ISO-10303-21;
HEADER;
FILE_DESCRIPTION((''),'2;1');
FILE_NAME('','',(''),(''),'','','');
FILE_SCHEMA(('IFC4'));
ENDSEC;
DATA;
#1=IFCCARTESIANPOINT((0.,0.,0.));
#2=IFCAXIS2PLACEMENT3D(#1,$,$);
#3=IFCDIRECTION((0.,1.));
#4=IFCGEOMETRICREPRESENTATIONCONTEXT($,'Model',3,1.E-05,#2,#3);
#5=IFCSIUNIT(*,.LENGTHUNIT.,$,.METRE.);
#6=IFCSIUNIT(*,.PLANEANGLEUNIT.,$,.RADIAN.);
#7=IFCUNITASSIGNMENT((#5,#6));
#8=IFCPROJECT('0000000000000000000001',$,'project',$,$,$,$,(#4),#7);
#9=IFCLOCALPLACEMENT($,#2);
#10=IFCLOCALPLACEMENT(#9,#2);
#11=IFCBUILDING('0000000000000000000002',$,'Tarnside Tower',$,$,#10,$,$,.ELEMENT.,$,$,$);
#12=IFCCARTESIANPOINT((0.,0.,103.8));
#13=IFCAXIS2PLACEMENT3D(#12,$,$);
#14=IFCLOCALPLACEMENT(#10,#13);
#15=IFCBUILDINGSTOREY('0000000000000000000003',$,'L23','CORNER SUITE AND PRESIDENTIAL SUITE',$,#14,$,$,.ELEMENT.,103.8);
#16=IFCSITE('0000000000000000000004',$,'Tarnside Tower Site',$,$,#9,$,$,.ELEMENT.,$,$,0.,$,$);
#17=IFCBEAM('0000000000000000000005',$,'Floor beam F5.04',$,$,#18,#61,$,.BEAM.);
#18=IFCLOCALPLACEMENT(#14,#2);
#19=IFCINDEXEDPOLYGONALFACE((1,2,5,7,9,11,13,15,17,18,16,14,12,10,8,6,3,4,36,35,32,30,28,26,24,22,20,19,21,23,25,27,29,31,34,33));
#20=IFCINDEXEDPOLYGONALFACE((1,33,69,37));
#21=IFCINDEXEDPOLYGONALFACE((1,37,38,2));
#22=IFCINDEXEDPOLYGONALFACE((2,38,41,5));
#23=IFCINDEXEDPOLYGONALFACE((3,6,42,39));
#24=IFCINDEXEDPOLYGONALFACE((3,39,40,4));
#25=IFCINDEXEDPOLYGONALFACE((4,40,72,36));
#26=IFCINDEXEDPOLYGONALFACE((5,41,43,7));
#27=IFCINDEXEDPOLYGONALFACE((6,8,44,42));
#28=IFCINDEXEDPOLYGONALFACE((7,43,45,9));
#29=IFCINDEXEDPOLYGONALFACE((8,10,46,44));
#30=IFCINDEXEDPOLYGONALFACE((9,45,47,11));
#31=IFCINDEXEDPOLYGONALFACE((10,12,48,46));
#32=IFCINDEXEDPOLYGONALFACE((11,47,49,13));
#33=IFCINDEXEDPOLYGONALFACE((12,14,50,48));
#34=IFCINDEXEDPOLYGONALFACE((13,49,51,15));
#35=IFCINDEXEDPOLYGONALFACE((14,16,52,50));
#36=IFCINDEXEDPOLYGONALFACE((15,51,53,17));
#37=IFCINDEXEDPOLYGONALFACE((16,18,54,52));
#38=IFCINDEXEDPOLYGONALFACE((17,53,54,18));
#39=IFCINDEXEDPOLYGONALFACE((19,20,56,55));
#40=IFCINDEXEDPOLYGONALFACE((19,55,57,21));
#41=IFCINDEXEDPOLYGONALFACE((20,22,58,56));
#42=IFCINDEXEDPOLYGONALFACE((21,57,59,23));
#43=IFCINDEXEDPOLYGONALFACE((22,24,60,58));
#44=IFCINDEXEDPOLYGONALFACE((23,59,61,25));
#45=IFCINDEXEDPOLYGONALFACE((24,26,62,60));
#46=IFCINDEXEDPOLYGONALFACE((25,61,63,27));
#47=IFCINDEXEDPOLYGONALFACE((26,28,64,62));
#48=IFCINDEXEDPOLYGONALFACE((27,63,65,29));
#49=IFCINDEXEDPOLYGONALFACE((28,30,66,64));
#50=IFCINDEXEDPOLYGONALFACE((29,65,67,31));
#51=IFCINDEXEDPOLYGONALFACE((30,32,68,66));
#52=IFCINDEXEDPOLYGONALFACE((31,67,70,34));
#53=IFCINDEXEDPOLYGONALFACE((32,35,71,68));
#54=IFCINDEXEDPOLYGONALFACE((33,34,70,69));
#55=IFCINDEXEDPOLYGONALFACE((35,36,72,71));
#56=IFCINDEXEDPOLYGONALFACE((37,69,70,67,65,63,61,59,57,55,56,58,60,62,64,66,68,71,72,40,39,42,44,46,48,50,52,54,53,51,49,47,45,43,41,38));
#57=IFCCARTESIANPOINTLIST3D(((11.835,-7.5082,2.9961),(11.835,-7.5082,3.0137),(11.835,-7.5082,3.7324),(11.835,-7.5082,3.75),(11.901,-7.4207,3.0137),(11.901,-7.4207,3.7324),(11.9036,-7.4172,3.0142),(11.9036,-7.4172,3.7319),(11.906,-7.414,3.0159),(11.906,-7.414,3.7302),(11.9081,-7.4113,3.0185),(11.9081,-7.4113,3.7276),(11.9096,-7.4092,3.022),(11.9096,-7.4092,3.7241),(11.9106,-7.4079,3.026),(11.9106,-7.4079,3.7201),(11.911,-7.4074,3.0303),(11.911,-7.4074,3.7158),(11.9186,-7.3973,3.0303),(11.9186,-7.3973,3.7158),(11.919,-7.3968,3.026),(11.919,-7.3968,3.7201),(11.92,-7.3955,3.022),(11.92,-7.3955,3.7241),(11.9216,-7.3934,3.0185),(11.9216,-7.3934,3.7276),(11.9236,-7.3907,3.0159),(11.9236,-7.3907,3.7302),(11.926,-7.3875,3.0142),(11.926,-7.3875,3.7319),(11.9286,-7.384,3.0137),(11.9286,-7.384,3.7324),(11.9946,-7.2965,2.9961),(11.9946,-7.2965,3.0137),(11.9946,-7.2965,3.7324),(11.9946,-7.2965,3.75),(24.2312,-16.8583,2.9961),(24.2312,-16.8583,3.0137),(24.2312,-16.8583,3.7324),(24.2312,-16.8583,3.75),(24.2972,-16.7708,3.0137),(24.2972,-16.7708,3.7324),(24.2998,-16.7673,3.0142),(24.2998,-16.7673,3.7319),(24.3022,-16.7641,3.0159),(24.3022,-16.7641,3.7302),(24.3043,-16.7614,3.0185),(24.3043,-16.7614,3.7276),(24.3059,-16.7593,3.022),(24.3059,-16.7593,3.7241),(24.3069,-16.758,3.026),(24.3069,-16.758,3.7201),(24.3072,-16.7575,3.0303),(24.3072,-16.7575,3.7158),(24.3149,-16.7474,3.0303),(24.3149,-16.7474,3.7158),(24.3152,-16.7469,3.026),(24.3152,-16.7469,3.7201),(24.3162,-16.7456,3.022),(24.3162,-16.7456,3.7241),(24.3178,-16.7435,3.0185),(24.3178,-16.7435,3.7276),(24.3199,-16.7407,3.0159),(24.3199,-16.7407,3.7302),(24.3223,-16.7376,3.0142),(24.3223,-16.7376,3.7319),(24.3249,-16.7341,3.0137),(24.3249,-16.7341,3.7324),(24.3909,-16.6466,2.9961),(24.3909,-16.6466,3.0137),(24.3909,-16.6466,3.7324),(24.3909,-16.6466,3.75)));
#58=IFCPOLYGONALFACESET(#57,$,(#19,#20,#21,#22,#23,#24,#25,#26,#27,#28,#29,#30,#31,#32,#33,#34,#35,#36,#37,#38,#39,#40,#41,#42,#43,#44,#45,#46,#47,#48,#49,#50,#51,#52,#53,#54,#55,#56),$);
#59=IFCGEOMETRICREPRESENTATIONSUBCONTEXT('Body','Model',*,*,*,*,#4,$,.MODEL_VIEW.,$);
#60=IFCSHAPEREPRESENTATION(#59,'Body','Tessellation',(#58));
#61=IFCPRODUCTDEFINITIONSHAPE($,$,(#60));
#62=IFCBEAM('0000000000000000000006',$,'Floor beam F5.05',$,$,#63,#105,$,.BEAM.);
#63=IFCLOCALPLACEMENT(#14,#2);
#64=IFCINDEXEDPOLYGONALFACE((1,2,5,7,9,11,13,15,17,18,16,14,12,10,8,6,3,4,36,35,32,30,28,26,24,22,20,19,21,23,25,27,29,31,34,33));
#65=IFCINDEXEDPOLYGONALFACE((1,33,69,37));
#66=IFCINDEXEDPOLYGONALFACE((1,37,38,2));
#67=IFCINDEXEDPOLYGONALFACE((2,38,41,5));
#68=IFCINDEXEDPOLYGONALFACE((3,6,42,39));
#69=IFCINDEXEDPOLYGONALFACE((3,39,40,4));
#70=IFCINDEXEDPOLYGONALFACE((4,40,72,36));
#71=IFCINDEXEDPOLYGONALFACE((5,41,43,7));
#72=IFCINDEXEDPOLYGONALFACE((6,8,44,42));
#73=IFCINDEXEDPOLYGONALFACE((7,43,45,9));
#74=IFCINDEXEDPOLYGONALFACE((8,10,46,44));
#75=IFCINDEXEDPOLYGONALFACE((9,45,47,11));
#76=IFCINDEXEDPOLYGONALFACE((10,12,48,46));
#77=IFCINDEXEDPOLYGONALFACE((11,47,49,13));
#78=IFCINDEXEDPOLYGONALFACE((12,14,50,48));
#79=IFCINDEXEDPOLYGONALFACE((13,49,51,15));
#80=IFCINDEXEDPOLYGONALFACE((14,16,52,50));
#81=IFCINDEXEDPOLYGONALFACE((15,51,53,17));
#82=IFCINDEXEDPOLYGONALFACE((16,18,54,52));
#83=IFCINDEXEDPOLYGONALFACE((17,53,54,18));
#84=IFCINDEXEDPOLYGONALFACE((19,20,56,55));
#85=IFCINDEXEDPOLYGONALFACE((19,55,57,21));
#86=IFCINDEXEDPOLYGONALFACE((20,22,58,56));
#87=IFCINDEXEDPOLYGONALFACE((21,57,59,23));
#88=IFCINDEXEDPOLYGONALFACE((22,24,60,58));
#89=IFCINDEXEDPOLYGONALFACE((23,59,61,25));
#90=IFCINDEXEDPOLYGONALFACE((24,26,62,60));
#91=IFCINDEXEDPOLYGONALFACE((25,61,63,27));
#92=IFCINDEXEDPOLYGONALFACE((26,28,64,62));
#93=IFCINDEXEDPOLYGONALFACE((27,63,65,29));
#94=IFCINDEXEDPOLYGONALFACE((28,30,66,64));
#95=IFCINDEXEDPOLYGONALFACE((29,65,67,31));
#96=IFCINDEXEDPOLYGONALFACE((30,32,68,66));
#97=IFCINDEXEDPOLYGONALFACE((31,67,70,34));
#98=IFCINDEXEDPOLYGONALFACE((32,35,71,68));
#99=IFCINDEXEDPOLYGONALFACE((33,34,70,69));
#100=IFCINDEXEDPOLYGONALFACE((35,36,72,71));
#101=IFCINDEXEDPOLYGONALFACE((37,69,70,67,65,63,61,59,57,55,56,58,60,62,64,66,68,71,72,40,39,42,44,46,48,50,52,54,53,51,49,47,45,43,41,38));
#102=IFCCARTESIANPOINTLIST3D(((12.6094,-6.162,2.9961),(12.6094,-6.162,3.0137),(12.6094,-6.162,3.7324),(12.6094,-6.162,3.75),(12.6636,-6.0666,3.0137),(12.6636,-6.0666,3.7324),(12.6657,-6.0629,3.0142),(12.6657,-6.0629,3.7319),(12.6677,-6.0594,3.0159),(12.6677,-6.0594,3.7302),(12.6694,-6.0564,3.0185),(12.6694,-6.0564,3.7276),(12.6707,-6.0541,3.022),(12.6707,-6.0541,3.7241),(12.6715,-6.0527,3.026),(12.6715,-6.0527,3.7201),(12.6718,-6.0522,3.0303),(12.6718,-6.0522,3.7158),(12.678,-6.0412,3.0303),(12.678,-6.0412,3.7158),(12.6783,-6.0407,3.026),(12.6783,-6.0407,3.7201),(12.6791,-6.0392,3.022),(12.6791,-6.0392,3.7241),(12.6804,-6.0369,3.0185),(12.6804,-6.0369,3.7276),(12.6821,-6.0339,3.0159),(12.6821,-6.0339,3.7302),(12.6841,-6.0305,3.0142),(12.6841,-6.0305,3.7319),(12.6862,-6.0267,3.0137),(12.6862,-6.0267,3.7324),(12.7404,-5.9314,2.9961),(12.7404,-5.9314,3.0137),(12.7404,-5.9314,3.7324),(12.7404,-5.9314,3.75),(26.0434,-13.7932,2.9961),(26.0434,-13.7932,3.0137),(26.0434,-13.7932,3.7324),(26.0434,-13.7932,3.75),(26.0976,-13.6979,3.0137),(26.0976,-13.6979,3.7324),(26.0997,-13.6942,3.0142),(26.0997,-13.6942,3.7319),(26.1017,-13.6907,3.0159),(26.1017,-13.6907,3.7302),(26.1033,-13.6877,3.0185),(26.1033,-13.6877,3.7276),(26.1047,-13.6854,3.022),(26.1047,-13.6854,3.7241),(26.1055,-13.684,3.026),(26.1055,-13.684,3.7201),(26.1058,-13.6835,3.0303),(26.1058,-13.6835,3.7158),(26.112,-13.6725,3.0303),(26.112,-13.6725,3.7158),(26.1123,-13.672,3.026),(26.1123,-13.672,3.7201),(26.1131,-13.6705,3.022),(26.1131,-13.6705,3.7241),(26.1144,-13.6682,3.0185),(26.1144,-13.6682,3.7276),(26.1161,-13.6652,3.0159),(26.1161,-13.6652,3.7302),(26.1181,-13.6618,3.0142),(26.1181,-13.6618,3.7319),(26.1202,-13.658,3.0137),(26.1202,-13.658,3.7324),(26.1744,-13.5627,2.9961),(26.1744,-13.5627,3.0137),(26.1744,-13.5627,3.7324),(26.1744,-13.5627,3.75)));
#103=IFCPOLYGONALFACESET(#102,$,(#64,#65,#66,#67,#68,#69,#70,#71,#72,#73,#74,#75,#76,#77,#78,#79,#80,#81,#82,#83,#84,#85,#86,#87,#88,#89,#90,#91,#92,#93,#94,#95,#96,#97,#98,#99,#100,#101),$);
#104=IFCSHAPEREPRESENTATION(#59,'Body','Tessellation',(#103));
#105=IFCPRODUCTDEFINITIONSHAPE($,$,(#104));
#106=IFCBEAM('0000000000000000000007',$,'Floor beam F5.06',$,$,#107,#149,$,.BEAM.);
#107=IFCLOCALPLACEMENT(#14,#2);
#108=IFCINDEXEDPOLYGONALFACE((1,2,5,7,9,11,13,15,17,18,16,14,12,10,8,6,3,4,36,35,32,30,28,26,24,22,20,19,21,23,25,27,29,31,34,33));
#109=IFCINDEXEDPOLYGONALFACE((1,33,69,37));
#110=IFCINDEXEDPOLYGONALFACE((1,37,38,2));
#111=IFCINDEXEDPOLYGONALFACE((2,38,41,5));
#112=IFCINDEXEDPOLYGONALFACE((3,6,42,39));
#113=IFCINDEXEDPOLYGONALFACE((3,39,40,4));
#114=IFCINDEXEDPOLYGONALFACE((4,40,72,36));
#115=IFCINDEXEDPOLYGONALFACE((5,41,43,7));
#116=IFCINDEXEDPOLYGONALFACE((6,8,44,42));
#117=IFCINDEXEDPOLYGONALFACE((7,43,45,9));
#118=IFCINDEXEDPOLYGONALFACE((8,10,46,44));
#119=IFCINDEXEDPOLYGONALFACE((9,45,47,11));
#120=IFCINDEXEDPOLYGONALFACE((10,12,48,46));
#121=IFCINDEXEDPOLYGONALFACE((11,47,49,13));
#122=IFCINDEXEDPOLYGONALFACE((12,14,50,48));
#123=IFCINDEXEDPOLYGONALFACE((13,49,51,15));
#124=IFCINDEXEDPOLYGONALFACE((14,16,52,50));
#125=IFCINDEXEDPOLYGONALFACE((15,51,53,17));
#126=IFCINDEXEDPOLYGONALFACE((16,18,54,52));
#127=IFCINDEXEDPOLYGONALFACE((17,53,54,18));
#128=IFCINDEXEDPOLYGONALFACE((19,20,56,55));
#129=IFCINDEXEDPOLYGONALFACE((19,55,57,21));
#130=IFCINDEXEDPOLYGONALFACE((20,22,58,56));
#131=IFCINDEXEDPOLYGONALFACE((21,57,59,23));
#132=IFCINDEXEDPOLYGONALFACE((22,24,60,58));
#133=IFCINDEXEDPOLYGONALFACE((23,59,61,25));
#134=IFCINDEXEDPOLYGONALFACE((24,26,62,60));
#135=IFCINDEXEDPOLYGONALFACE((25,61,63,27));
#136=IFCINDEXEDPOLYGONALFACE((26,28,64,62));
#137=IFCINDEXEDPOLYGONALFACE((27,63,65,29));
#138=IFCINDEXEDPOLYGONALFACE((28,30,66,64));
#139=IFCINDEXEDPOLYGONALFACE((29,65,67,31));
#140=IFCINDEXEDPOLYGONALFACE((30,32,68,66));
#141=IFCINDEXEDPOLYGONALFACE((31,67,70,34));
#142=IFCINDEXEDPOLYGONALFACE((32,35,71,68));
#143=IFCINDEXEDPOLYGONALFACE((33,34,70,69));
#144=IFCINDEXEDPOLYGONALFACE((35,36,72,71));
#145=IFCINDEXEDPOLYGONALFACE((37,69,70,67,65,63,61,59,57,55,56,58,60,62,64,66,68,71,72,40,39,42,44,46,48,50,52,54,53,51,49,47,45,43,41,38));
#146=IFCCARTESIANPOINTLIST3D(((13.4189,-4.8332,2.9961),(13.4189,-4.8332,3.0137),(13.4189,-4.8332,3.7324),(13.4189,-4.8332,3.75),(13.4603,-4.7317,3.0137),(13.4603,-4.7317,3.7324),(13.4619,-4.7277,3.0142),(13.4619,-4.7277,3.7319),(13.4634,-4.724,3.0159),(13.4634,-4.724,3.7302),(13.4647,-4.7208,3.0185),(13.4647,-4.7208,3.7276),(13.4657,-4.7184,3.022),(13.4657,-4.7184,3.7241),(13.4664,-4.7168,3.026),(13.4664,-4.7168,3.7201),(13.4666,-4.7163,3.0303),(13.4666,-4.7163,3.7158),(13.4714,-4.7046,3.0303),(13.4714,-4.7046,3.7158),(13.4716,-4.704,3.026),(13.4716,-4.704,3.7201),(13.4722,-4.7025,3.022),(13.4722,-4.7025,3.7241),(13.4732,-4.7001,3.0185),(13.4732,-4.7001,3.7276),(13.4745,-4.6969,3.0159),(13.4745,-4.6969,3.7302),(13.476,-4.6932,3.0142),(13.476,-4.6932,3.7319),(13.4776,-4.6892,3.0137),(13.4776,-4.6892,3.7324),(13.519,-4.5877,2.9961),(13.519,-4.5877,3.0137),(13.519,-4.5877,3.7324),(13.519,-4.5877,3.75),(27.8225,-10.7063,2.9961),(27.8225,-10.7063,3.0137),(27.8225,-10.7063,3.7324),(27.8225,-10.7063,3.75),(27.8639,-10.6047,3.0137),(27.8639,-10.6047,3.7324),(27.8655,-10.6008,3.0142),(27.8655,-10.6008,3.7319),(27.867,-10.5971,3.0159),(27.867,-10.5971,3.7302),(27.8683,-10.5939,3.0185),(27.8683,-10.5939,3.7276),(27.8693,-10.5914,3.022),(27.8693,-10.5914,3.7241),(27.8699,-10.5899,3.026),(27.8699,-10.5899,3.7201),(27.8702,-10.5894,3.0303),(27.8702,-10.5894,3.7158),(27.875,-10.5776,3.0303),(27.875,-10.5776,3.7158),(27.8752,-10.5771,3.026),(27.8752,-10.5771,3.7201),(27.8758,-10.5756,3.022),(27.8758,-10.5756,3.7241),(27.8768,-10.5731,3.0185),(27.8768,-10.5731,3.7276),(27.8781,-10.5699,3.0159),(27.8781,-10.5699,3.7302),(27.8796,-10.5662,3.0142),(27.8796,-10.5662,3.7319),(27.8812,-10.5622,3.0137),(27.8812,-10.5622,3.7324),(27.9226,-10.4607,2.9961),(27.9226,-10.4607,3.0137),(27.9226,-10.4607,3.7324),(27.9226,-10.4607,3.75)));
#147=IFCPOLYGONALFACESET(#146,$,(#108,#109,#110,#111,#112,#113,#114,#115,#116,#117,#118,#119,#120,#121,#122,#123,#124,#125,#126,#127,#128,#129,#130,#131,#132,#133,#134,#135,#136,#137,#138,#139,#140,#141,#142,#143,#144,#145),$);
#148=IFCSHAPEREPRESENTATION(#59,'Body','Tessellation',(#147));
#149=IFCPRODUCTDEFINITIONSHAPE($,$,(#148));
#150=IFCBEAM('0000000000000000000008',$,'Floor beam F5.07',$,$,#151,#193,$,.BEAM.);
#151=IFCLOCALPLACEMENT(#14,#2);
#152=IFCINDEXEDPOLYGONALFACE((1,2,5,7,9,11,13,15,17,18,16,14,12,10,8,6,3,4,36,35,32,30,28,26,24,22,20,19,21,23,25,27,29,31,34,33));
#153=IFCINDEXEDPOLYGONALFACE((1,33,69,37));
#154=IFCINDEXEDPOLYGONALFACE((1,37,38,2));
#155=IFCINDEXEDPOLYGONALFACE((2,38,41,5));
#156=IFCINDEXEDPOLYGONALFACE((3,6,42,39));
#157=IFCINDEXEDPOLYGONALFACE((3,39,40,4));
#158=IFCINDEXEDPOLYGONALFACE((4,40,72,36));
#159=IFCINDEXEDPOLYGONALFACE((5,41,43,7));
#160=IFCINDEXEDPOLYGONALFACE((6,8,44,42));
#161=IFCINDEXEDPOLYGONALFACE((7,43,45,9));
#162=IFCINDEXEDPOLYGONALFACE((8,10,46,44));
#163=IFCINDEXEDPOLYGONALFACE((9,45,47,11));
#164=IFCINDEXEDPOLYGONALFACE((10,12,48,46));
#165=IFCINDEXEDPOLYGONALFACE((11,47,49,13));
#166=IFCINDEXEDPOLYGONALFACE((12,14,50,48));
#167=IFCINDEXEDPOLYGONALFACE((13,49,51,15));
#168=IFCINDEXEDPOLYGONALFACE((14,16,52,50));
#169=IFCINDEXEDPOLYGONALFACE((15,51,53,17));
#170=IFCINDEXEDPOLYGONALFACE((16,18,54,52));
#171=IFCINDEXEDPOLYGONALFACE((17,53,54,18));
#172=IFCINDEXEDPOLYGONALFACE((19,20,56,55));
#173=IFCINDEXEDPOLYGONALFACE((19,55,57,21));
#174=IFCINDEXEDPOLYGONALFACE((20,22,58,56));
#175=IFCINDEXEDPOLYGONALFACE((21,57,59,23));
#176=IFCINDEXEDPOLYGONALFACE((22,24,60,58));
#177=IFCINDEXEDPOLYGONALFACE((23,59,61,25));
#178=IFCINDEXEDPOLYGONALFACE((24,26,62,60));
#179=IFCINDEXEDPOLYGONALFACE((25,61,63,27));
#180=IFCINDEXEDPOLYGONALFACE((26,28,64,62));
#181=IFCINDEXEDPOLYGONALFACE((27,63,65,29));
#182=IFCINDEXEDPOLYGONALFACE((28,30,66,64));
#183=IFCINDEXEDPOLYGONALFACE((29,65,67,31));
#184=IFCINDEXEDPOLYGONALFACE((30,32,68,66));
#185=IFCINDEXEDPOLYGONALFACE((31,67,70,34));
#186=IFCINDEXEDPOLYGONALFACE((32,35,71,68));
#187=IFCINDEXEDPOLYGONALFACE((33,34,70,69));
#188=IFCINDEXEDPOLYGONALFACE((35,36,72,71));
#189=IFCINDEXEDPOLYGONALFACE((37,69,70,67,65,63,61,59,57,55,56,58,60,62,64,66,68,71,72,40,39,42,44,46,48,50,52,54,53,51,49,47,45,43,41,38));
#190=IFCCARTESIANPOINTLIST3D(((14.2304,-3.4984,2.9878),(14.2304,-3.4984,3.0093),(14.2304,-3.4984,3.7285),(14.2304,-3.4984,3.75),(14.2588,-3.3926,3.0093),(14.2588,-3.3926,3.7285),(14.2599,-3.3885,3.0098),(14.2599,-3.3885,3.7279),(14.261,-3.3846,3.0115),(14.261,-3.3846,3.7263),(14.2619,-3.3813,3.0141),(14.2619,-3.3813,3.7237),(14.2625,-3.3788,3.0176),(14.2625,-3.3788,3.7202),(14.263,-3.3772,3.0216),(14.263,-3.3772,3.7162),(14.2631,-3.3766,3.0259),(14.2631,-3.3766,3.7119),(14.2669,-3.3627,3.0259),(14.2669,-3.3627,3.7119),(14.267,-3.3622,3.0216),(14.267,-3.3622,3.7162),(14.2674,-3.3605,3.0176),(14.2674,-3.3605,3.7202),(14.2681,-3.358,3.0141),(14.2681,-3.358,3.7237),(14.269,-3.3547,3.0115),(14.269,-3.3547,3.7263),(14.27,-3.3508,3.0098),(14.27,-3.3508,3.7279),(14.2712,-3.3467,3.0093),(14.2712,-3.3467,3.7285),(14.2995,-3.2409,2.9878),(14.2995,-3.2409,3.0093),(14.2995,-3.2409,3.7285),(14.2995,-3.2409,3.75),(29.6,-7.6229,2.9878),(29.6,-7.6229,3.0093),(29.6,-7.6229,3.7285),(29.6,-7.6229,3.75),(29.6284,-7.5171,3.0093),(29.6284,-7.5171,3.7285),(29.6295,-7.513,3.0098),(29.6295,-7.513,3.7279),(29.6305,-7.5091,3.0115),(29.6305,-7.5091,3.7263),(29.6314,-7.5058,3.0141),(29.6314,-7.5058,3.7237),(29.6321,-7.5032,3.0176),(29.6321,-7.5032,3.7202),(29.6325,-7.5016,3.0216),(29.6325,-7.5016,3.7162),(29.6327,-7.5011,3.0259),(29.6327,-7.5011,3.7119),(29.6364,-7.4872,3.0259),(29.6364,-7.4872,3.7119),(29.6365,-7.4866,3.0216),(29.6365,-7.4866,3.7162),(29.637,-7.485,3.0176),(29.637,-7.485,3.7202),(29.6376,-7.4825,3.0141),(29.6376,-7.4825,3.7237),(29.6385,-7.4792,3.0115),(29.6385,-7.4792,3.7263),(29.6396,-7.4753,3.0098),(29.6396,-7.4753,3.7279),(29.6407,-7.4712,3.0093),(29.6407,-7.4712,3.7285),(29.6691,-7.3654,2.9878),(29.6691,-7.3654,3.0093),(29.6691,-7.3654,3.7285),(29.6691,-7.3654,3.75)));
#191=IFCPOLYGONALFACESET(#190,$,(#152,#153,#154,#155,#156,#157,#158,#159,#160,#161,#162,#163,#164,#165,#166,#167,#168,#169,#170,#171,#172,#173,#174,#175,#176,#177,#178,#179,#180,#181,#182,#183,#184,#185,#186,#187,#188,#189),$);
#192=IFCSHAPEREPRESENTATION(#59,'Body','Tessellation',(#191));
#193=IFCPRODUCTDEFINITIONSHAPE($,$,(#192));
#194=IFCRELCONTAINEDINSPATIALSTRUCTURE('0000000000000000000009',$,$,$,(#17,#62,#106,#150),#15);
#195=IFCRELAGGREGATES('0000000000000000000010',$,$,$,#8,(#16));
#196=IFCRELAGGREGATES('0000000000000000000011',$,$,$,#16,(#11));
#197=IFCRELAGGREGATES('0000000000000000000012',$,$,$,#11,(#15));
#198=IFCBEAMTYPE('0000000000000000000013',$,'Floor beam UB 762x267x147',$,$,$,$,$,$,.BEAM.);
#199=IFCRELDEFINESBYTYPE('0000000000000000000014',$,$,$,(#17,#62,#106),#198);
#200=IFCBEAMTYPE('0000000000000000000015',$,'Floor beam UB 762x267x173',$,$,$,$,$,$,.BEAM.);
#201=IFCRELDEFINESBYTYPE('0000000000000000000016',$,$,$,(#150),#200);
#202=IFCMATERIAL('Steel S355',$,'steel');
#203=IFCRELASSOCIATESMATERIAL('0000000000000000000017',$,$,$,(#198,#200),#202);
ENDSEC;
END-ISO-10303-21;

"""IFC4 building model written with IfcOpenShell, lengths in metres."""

from ifc_helpers import new_model, si_unit, direction, frame, origin, origin_2d, place, context, subcontext, project, spatial, i_section, extrude, material, material_profile, profile_set, type_object, element, save


model = new_model("IFC4")

# Units and contexts
model_context = context("Model", 3, precision=1e-05, world=origin(), true_north=direction((0.0, 1.0)))
body_context = subcontext(model_context, "Body", "Model", "MODEL_VIEW")
ifc_project = project(units=[si_unit("LENGTHUNIT", "METRE"), si_unit("PLANEANGLEUNIT", "RADIAN")], contexts=[model_context])

# Site, building, storey
site_placement = place(None, origin())
site = spatial("IfcSite", under=ifc_project, at=site_placement, Name="Tarnside Tower Site", CompositionType="ELEMENT", RefElevation=0.0)
building_placement = place(site_placement, origin())
building = spatial("IfcBuilding", under=site, at=building_placement, Name="Tarnside Tower", CompositionType="ELEMENT")
storey_placement = place(building_placement, frame((0.0, 0.0, 103.8)))
storey = spatial("IfcBuildingStorey", under=building, at=storey_placement, Name="L23", Description="CORNER SUITE AND PRESIDENTIAL SUITE", CompositionType="ELEMENT", Elevation=103.8)

# Beams
ifc_material_1 = material(Name="Steel S355", Category="steel")
ifc_material_profile_1 = material_profile(ifc_material_1, i_section(OverallWidth=0.2651, OverallDepth=0.7539, WebThickness=0.0127, FlangeThickness=0.0176, FilletRadius=0.0166, at=origin_2d()), Name="UB 762x267x147")
ifc_profile_set_1 = profile_set([ifc_material_profile_1], Name="Steel S355")
beam_type_1 = type_object("IfcBeamType", Name="Floor beam UB 762x267x147", PredefinedType="BEAM", material=ifc_profile_set_1)
beam_1_placement = place(storey_placement, frame((24.311, -16.7524, 3.373), z_axis=(-0.798361, 0.602179, 0.0), x_axis=(-0.602179, -0.798361, 0.0)))
element("IfcBeam", 1, at=beam_1_placement, inside=storey, type_object=beam_type_1, Name="Floor beam F5.04", PredefinedType="BEAM", context=body_context, shape_type="SweptSolid", body=[
    extrude(i_section(OverallWidth=0.2651, OverallDepth=0.7539, WebThickness=0.0127, FlangeThickness=0.0176, FilletRadius=0.0166, at=origin_2d()), origin(), (0.0, 0.0, 1.0), 15.5271),
])
beam_2_placement = place(storey_placement, frame((26.1089, -13.678, 3.373), z_axis=(-0.869503, 0.493929, 0.0), x_axis=(-0.493929, -0.869503, 0.0)))
element("IfcBeam", 2, at=beam_2_placement, inside=storey, type_object=beam_type_1, Name="Floor beam F5.05", PredefinedType="BEAM", context=body_context, shape_type="SweptSolid", body=[
    extrude(i_section(OverallWidth=0.2651, OverallDepth=0.7539, WebThickness=0.0127, FlangeThickness=0.0176, FilletRadius=0.0166, at=origin_2d()), origin(), (0.0, 0.0, 1.0), 15.4502),
])
beam_3_placement = place(storey_placement, frame((27.8726, -10.5835, 3.373), z_axis=(-0.925982, 0.377569, 0.0), x_axis=(-0.377569, -0.925982, 0.0)))
element("IfcBeam", 3, at=beam_3_placement, inside=storey, type_object=beam_type_1, Name="Floor beam F5.06", PredefinedType="BEAM", context=body_context, shape_type="SweptSolid", body=[
    extrude(i_section(OverallWidth=0.2651, OverallDepth=0.7539, WebThickness=0.0127, FlangeThickness=0.0176, FilletRadius=0.0166, at=origin_2d()), origin(), (0.0, 0.0, 1.0), 15.5549),
])
ifc_material_profile_2 = material_profile(ifc_material_1, i_section(OverallWidth=0.2666, OverallDepth=0.7622, WebThickness=0.0144, FlangeThickness=0.0215, FilletRadius=0.0166, at=origin_2d()), Name="UB 762x267x173")
ifc_profile_set_2 = profile_set([ifc_material_profile_2], Name="Steel S355")
beam_type_2 = type_object("IfcBeamType", Name="Floor beam UB 762x267x173", PredefinedType="BEAM", material=ifc_profile_set_2)
beam_4_placement = place(storey_placement, frame((29.6345, -7.4941, 3.3689), z_axis=(-0.965828, 0.259184, 0.0), x_axis=(-0.259184, -0.965828, 0.0)))
element("IfcBeam", 4, at=beam_4_placement, inside=storey, type_object=beam_type_2, Name="Floor beam F5.07", PredefinedType="BEAM", context=body_context, shape_type="SweptSolid", body=[
    extrude(i_section(OverallWidth=0.2666, OverallDepth=0.7622, WebThickness=0.0144, FlangeThickness=0.0215, FilletRadius=0.0166, at=origin_2d()), origin(), (0.0, 0.0, 1.0), 15.9133),
])

save(model, "model.ifc")
